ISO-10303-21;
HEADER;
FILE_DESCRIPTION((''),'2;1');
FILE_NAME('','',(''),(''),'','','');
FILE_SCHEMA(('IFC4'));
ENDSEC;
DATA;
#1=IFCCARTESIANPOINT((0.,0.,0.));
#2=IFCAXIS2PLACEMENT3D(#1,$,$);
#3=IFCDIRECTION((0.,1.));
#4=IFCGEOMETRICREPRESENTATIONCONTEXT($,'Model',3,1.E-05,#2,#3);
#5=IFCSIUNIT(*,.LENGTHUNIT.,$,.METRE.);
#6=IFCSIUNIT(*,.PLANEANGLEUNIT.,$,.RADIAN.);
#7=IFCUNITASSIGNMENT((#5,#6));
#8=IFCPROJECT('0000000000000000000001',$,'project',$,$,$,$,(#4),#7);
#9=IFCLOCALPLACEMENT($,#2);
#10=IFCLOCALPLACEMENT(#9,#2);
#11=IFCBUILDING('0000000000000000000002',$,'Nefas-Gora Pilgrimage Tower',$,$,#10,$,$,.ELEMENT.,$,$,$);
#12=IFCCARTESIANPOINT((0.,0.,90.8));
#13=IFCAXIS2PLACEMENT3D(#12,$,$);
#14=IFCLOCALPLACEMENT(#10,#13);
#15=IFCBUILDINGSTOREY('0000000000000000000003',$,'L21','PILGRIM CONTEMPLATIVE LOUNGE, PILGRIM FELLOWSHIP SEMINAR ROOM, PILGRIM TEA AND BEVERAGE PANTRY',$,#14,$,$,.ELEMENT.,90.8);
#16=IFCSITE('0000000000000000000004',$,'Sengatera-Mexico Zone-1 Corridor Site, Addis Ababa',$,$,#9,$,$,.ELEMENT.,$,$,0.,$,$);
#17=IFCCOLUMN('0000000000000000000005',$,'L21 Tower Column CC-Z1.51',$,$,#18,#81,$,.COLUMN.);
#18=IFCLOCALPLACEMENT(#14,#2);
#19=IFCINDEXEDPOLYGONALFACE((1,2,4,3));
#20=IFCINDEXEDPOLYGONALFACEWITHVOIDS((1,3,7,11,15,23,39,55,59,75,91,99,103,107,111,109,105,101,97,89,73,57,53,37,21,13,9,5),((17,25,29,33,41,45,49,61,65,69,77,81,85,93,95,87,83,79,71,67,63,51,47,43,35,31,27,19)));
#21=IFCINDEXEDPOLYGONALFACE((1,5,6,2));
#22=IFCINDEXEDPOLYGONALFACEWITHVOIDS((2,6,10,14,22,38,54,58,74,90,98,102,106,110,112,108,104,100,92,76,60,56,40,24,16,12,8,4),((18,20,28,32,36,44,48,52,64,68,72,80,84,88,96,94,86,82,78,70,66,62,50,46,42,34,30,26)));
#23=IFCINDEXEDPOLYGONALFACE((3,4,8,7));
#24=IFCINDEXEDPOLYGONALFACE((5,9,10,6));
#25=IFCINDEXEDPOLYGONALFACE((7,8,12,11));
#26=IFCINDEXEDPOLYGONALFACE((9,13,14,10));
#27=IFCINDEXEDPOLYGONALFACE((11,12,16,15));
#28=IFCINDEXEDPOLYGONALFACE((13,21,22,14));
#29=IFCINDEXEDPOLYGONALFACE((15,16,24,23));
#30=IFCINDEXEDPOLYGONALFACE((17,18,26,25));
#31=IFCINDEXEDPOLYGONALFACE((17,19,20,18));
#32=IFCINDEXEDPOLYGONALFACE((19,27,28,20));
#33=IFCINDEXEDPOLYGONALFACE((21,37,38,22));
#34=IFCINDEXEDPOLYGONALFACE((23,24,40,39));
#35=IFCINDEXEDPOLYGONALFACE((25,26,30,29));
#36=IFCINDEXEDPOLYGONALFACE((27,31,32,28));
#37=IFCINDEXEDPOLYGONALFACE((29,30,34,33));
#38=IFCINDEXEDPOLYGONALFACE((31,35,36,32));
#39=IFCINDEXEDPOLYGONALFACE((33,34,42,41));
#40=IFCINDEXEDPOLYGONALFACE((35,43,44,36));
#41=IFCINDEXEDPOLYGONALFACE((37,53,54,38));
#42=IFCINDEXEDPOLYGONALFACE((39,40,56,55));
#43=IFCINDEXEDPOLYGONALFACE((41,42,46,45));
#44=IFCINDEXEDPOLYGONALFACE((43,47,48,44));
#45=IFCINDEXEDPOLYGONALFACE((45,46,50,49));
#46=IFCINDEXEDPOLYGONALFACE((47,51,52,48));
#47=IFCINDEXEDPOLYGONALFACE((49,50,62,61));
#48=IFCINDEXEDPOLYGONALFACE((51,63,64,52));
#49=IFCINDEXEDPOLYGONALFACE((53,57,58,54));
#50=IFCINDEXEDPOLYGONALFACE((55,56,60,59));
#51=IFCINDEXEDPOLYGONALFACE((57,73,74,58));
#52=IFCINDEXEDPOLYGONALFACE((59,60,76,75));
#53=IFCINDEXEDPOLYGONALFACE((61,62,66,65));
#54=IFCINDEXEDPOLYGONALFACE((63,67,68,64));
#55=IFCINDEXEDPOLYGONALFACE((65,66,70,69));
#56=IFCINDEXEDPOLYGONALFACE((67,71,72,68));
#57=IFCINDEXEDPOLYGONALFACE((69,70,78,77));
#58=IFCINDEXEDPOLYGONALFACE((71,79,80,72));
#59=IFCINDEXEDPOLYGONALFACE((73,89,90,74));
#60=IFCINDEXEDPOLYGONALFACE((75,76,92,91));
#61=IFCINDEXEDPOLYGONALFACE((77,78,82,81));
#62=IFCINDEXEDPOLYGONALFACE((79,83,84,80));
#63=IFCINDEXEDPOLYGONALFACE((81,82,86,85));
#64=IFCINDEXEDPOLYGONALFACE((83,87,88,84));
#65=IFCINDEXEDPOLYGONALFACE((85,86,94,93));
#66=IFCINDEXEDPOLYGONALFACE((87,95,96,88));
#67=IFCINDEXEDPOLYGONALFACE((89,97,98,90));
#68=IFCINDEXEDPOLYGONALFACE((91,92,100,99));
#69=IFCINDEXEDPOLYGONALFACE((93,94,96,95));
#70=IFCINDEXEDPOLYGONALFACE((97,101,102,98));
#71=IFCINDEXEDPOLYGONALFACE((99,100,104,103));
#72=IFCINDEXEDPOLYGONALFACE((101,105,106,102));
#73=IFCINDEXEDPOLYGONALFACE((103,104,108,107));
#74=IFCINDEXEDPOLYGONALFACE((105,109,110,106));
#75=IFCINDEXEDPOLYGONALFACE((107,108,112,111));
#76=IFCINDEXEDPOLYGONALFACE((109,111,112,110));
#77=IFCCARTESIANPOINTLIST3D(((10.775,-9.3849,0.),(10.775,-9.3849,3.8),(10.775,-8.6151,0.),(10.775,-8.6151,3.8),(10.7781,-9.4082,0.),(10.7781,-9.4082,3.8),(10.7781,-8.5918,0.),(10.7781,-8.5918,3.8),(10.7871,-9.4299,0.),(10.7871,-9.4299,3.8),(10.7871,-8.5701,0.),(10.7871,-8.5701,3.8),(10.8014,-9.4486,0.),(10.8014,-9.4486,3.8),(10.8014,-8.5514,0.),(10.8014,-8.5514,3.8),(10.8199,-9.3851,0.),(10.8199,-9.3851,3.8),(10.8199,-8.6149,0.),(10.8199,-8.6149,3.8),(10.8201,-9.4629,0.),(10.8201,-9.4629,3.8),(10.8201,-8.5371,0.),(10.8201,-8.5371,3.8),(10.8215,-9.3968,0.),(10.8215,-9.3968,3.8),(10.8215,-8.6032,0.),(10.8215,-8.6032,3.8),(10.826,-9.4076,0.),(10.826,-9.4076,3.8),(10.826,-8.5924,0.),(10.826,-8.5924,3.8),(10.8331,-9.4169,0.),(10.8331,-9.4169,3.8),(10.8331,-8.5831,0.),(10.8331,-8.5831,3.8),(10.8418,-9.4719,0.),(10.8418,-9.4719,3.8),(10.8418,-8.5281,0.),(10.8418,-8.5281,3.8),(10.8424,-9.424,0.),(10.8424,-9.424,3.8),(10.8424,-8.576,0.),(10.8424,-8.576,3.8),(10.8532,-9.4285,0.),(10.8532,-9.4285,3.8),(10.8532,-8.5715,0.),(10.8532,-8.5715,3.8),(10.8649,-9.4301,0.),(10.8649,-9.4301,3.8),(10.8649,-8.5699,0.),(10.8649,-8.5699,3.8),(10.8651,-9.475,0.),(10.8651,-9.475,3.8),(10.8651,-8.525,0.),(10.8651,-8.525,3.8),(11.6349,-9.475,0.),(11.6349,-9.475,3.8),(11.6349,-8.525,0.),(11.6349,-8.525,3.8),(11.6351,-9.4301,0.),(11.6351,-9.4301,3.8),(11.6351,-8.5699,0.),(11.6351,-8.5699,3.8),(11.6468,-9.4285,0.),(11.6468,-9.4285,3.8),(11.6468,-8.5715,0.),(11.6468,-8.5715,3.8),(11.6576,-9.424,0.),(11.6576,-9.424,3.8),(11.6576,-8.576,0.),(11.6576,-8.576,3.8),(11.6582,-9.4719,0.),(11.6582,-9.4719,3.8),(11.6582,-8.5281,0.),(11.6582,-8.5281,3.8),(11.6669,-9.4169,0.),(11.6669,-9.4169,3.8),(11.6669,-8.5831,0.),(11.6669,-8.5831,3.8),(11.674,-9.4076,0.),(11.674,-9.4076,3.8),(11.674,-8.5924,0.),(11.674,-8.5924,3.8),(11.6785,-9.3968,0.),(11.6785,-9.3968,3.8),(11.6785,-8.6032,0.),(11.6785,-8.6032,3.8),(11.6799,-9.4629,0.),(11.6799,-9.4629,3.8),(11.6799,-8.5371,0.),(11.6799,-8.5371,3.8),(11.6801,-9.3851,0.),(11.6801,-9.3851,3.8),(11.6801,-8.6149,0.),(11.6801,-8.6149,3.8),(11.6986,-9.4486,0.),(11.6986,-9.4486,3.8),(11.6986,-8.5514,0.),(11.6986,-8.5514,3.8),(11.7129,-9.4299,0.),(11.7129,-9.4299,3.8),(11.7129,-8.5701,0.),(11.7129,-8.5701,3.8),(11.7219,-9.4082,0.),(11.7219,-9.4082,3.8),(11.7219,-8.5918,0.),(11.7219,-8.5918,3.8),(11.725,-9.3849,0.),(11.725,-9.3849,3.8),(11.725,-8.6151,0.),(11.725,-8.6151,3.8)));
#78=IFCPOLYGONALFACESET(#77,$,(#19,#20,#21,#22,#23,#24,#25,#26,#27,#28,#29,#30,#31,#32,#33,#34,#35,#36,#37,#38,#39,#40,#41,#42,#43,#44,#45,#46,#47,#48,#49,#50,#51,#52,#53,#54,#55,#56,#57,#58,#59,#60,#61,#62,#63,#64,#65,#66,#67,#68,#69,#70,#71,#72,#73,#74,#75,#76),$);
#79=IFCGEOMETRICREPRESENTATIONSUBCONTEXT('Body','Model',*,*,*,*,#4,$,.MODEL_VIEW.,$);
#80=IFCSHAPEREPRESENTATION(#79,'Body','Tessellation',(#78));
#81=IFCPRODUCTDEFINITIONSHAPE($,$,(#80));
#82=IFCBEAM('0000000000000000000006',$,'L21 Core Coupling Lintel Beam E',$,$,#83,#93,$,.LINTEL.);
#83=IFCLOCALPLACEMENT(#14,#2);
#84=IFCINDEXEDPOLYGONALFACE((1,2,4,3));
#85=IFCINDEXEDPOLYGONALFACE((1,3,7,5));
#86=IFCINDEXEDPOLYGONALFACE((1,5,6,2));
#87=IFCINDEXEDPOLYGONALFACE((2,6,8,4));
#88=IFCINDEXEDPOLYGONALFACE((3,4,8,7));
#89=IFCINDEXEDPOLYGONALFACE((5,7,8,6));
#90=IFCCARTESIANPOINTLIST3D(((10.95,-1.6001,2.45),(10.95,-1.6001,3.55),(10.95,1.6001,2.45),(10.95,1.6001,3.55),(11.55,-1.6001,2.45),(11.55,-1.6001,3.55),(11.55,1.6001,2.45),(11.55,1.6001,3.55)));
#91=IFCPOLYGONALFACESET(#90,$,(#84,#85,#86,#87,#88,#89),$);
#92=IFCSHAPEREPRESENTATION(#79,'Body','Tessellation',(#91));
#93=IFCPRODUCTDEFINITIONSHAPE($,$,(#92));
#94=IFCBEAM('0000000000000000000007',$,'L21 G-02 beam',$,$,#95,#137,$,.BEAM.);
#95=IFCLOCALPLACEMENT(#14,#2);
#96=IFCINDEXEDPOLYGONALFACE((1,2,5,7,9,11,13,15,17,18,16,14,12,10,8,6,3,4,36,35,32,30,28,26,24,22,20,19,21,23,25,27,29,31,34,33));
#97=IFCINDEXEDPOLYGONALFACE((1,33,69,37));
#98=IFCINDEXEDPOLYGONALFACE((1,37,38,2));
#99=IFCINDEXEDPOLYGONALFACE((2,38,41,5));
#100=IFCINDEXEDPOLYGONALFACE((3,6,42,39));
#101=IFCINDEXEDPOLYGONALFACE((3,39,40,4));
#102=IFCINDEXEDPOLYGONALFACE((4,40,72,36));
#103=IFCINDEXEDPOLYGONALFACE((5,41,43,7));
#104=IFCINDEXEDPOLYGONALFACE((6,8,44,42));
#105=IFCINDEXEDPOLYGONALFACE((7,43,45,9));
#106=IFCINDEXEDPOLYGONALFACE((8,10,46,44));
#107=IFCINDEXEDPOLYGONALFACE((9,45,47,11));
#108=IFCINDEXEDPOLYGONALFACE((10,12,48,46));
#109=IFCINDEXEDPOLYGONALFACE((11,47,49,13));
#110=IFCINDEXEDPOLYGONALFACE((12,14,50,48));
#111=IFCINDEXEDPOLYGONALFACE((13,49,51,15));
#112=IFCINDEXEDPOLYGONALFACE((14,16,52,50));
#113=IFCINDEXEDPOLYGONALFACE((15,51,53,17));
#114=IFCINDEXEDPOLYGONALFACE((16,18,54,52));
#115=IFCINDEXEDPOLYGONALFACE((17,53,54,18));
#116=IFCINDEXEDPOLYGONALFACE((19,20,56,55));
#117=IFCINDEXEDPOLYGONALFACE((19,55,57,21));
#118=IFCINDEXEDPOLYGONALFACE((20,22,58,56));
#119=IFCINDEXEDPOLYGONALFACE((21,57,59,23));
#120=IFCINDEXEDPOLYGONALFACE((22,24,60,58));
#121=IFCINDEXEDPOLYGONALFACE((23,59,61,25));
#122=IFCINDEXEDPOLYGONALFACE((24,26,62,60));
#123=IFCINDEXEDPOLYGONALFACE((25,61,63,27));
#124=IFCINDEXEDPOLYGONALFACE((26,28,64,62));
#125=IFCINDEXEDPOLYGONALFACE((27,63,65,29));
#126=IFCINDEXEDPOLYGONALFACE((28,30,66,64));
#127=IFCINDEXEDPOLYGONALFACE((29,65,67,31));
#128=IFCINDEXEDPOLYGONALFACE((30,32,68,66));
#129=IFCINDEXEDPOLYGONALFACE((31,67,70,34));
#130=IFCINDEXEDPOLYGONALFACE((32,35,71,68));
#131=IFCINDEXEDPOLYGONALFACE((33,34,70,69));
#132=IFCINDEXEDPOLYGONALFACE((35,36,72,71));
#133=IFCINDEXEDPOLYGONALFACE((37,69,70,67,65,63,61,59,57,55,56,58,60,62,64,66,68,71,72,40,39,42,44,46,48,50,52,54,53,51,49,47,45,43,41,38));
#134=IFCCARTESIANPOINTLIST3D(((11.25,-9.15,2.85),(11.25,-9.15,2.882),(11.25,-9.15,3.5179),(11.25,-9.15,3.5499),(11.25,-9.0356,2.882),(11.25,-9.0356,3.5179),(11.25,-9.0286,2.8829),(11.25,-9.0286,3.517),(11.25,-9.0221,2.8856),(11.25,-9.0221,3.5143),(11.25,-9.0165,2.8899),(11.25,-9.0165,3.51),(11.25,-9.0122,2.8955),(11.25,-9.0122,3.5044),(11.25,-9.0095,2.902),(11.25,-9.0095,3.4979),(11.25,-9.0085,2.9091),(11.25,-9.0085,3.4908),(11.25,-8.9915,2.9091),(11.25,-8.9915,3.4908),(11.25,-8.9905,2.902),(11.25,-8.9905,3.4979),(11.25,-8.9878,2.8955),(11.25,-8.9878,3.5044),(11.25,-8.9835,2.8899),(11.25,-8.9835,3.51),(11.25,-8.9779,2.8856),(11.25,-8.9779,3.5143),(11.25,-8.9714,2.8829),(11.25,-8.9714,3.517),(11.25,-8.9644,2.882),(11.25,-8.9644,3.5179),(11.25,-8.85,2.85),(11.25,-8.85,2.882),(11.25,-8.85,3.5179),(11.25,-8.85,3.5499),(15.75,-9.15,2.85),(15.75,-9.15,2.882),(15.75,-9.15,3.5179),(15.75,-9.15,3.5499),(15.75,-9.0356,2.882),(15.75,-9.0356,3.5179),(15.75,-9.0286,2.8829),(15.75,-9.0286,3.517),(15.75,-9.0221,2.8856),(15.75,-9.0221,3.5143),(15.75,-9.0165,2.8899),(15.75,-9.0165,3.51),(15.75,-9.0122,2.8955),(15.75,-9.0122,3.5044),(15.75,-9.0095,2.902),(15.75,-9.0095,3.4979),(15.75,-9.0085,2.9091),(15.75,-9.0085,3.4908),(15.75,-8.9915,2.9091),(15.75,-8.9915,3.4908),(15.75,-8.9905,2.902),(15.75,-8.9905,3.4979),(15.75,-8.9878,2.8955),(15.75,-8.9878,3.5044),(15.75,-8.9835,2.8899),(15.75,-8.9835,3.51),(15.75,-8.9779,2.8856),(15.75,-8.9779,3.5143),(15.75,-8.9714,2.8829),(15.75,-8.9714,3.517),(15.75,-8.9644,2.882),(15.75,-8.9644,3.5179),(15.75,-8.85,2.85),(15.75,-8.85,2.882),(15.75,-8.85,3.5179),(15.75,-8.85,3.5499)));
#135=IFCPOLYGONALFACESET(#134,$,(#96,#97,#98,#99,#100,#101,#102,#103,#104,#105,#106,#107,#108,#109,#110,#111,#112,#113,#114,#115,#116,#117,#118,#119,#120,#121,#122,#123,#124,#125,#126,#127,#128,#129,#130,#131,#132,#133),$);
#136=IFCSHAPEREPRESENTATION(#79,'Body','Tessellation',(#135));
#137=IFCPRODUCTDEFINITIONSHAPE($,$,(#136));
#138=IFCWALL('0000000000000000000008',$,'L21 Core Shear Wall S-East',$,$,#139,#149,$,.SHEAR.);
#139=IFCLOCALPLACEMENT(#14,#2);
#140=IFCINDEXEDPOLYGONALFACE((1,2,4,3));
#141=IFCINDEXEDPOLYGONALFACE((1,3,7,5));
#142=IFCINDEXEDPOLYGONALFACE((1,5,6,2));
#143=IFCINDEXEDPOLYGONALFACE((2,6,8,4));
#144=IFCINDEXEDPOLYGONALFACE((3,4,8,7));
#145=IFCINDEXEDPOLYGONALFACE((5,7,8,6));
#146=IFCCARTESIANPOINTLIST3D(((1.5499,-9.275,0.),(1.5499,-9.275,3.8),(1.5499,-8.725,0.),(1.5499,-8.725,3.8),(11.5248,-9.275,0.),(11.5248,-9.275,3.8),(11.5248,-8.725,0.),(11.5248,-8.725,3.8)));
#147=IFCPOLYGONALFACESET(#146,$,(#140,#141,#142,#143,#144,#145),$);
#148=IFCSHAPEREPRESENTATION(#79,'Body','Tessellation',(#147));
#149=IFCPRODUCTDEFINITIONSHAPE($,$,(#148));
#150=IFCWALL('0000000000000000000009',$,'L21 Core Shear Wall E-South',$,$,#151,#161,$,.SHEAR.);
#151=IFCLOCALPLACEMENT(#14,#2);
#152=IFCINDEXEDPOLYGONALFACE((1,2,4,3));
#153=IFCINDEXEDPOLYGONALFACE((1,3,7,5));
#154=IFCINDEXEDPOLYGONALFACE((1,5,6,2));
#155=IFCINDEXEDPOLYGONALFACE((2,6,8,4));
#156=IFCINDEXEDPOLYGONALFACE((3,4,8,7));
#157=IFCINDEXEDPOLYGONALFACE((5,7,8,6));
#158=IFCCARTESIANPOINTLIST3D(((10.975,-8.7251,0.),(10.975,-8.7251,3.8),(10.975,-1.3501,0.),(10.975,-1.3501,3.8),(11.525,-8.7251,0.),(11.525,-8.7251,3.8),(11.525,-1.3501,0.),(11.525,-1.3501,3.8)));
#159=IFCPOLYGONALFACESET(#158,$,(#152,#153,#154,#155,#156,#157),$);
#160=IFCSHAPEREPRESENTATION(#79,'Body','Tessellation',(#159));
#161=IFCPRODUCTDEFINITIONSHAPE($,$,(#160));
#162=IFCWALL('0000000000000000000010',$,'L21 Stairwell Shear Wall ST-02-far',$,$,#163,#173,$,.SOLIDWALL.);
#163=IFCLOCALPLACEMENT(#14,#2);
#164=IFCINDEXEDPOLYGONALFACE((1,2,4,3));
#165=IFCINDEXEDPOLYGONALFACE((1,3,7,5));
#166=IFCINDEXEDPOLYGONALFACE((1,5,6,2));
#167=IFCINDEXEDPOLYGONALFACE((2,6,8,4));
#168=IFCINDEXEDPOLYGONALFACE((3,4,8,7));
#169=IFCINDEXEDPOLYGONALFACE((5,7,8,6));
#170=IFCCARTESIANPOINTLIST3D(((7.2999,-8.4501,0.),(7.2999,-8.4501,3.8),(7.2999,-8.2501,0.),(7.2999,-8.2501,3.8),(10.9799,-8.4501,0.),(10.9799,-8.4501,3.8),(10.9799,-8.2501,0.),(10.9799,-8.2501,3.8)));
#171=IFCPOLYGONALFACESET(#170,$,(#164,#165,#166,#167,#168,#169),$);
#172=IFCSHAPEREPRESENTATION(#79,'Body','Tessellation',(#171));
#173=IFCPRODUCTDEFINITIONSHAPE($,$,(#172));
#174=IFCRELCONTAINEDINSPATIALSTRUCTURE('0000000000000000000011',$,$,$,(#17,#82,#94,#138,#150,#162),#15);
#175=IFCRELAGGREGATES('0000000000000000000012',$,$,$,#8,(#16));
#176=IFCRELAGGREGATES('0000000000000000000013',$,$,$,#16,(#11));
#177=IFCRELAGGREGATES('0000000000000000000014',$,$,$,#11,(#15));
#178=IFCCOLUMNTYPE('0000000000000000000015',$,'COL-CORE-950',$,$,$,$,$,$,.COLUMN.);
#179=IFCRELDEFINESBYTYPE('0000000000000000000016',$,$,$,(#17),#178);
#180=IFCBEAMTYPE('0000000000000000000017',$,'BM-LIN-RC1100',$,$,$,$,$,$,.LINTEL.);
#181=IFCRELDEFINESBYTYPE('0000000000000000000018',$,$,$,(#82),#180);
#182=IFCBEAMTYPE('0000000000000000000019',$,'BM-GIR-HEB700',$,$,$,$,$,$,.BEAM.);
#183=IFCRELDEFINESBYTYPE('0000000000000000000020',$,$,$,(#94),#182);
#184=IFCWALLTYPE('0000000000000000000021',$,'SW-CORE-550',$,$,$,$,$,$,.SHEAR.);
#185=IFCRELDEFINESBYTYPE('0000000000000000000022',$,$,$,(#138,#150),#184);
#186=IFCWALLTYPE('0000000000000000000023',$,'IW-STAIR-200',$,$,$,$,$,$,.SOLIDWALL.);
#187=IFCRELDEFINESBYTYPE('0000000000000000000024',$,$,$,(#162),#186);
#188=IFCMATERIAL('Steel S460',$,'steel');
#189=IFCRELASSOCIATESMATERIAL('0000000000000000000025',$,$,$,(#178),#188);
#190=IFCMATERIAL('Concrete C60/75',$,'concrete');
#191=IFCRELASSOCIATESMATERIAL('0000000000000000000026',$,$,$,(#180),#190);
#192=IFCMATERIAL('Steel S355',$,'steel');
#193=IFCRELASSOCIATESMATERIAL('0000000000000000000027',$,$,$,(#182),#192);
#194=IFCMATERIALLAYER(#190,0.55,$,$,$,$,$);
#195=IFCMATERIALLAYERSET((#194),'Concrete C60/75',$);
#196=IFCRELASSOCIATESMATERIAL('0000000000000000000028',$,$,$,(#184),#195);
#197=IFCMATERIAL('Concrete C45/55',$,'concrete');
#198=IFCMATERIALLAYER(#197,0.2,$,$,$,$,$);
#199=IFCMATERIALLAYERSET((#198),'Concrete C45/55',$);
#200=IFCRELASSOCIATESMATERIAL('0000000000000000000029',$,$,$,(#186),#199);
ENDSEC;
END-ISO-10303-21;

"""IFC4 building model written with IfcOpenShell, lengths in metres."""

from ifc_helpers import new_model, si_unit, direction, frame, frame_2d, origin, origin_2d, place, context, subcontext, project, spatial, rectangle, hollow_rectangle, i_section, extrude, source, transform, mapped, material, layer, layer_set, material_profile, profile_set, type_object, element, save


model = new_model("IFC4")

# Units and contexts
model_context = context("Model", 3, precision=1e-05, world=origin(), true_north=direction((0.0, 1.0)))
body_context = subcontext(model_context, "Body", "Model", "MODEL_VIEW")
ifc_project = project(units=[si_unit("LENGTHUNIT", "METRE"), si_unit("PLANEANGLEUNIT", "RADIAN")], contexts=[model_context])

# Site, building, storey
site_placement = place(None, origin())
site = spatial("IfcSite", under=ifc_project, at=site_placement, Name="Sengatera-Mexico Zone-1 Corridor Site, Addis Ababa", CompositionType="ELEMENT", RefElevation=0.0)
building_placement = place(site_placement, origin())
building = spatial("IfcBuilding", under=site, at=building_placement, Name="Nefas-Gora Pilgrimage Tower", CompositionType="ELEMENT")
storey_placement = place(building_placement, frame((0.0, 0.0, 90.8)))
storey = spatial("IfcBuildingStorey", under=building, at=storey_placement, Name="L21", Description="PILGRIM CONTEMPLATIVE LOUNGE, PILGRIM FELLOWSHIP SEMINAR ROOM, PILGRIM TEA AND BEVERAGE PANTRY", CompositionType="ELEMENT", Elevation=90.8)

# Column
ifc_material_1 = material(Name="Steel S460", Category="steel")
ifc_material_profile_1 = material_profile(ifc_material_1, hollow_rectangle(XDim=0.95, YDim=0.95, WallThickness=0.0449, InnerFilletRadius=0.0449, OuterFilletRadius=0.0901, at=origin_2d()), Name="BOX 950x950x45")
ifc_profile_set_1 = profile_set([ifc_material_profile_1], Name="Steel S460")
column_type = type_object("IfcColumnType", Name="COL-CORE-950", PredefinedType="COLUMN", material=ifc_profile_set_1)
shared_shape_1 = source(origin(), body_context, "Body", "SweptSolid", [
    extrude(hollow_rectangle(XDim=0.95, YDim=0.95, WallThickness=0.0449, InnerFilletRadius=0.0449, OuterFilletRadius=0.0901, at=origin_2d()), origin(), (0.0, 0.0, 1.0), 3.8),
])
column_placement = place(storey_placement, frame((11.25, -9.0, 0.0), z_axis=(0.0, 0.0, 1.0), x_axis=(1.0, 0.0, 0.0)))
element("IfcColumn", 1, at=column_placement, inside=storey, type_object=column_type, Name="L21 Tower Column CC-Z1.51", PredefinedType="COLUMN", context=body_context, shape_type="MappedRepresentation", body=[
    mapped(shared_shape_1, transform((0.0, 0.0, 0.0), x_axis=(1.0, 0.0, 0.0), y_axis=(0.0, 1.0, 0.0), z_axis=(0.0, 0.0, 1.0), scale=1.0)),
])

# Beams
ifc_material_2 = material(Name="Concrete C60/75", Category="concrete")
ifc_material_profile_2 = material_profile(ifc_material_2, rectangle(XDim=0.6001, YDim=1.1001, at=origin_2d()), Name="RC 600x1100")
ifc_profile_set_2 = profile_set([ifc_material_profile_2], Name="Concrete C60/75")
beam_type_1 = type_object("IfcBeamType", Name="BM-LIN-RC1100", PredefinedType="LINTEL", material=ifc_profile_set_2)
shared_shape_2 = source(origin(), body_context, "Body", "SweptSolid", [
    extrude(rectangle(XDim=0.6001, YDim=1.1001, at=origin_2d()), origin(), (0.0, 0.0, 1.0), 3.2002),
])
beam_1_placement = place(storey_placement, frame((11.25, -1.6001, 3.0), z_axis=(0.0, 1.0, 0.0), x_axis=(-1.0, 0.0, 0.0)))
element("IfcBeam", 2, at=beam_1_placement, inside=storey, type_object=beam_type_1, Name="L21 Core Coupling Lintel Beam E", PredefinedType="LINTEL", context=body_context, shape_type="MappedRepresentation", body=[
    mapped(shared_shape_2, transform((0.0, 0.0, 0.0), x_axis=(1.0, 0.0, 0.0), y_axis=(0.0, 1.0, 0.0), z_axis=(0.0, 0.0, 1.0), scale=1.0)),
])
ifc_material_3 = material(Name="Steel S355", Category="steel")
ifc_material_profile_3 = material_profile(ifc_material_3, i_section(OverallWidth=0.3, OverallDepth=0.7, WebThickness=0.0171, FlangeThickness=0.032, FilletRadius=0.0271, at=origin_2d()), Name="HEB 700")
ifc_profile_set_3 = profile_set([ifc_material_profile_3], Name="Steel S355")
beam_type_2 = type_object("IfcBeamType", Name="BM-GIR-HEB700", PredefinedType="BEAM", material=ifc_profile_set_3)
shared_shape_3 = source(origin(), body_context, "Body", "SweptSolid", [
    extrude(i_section(OverallWidth=0.3, OverallDepth=0.7, WebThickness=0.0171, FlangeThickness=0.032, FilletRadius=0.0271, at=origin_2d()), origin(), (0.0, 0.0, 1.0), 4.5),
])
beam_2_placement = place(storey_placement, frame((11.25, -9.0, 3.2), z_axis=(1.0, 0.0, 0.0), x_axis=(0.0, 1.0, 0.0)))
element("IfcBeam", 3, at=beam_2_placement, inside=storey, type_object=beam_type_2, Name="L21 G-02 beam", PredefinedType="BEAM", context=body_context, shape_type="MappedRepresentation", body=[
    mapped(shared_shape_3, transform((0.0, 0.0, 0.0), x_axis=(1.0, 0.0, 0.0), y_axis=(0.0, 1.0, 0.0), z_axis=(0.0, 0.0, 1.0), scale=1.0)),
])

# Walls
ifc_layer_1 = layer(ifc_material_2, 0.55)
ifc_layer_set_1 = layer_set([ifc_layer_1], Name="Concrete C60/75")
wall_type_1 = type_object("IfcWallType", Name="SW-CORE-550", PredefinedType="SHEAR", material=ifc_layer_set_1)
shared_shape_4 = source(origin(), body_context, "Body", "SweptSolid", [
    extrude(rectangle(XDim=9.9749, YDim=0.55, at=frame_2d((4.9873, 0.0))), origin(), (0.0, 0.0, 1.0), 3.8),
])
wall_1_placement = place(storey_placement, frame((1.55, -9.0, 0.0), z_axis=(0.0, 0.0, 1.0), x_axis=(1.0, 0.0, 0.0)))
element("IfcWall", 4, at=wall_1_placement, inside=storey, type_object=wall_type_1, Name="L21 Core Shear Wall S-East", PredefinedType="SHEAR", context=body_context, shape_type="MappedRepresentation", body=[
    mapped(shared_shape_4, transform((0.0, 0.0, 0.0), x_axis=(1.0, 0.0, 0.0), y_axis=(0.0, 1.0, 0.0), z_axis=(0.0, 0.0, 1.0), scale=1.0)),
])
shared_shape_5 = source(origin(), body_context, "Body", "SweptSolid", [
    extrude(rectangle(XDim=7.375, YDim=0.55, at=frame_2d((3.6875, 0.0))), origin(), (0.0, 0.0, 1.0), 3.8),
])
wall_2_placement = place(storey_placement, frame((11.25, -8.7251, 0.0), z_axis=(0.0, 0.0, 1.0), x_axis=(0.0, 1.0, 0.0)))
element("IfcWall", 5, at=wall_2_placement, inside=storey, type_object=wall_type_1, Name="L21 Core Shear Wall E-South", PredefinedType="SHEAR", context=body_context, shape_type="MappedRepresentation", body=[
    mapped(shared_shape_5, transform((0.0, 0.0, 0.0), x_axis=(1.0, 0.0, 0.0), y_axis=(0.0, 1.0, 0.0), z_axis=(0.0, 0.0, 1.0), scale=1.0)),
])
ifc_material_4 = material(Name="Concrete C45/55", Category="concrete")
ifc_layer_2 = layer(ifc_material_4, 0.2)
ifc_layer_set_2 = layer_set([ifc_layer_2], Name="Concrete C45/55")
wall_type_2 = type_object("IfcWallType", Name="IW-STAIR-200", PredefinedType="SOLIDWALL", material=ifc_layer_set_2)
shared_shape_6 = source(origin(), body_context, "Body", "SweptSolid", [
    extrude(rectangle(XDim=3.6799, YDim=0.2, at=frame_2d((1.8398, 0.0))), origin(), (0.0, 0.0, 1.0), 3.8),
])
wall_3_placement = place(storey_placement, frame((7.3, -8.3501, 0.0), z_axis=(0.0, 0.0, 1.0), x_axis=(1.0, 0.0, 0.0)))
element("IfcWall", 6, at=wall_3_placement, inside=storey, type_object=wall_type_2, Name="L21 Stairwell Shear Wall ST-02-far", PredefinedType="SOLIDWALL", context=body_context, shape_type="MappedRepresentation", body=[
    mapped(shared_shape_6, transform((0.0, 0.0, 0.0), x_axis=(1.0, 0.0, 0.0), y_axis=(0.0, 1.0, 0.0), z_axis=(0.0, 0.0, 1.0), scale=1.0)),
])

save(model, "model.ifc")
